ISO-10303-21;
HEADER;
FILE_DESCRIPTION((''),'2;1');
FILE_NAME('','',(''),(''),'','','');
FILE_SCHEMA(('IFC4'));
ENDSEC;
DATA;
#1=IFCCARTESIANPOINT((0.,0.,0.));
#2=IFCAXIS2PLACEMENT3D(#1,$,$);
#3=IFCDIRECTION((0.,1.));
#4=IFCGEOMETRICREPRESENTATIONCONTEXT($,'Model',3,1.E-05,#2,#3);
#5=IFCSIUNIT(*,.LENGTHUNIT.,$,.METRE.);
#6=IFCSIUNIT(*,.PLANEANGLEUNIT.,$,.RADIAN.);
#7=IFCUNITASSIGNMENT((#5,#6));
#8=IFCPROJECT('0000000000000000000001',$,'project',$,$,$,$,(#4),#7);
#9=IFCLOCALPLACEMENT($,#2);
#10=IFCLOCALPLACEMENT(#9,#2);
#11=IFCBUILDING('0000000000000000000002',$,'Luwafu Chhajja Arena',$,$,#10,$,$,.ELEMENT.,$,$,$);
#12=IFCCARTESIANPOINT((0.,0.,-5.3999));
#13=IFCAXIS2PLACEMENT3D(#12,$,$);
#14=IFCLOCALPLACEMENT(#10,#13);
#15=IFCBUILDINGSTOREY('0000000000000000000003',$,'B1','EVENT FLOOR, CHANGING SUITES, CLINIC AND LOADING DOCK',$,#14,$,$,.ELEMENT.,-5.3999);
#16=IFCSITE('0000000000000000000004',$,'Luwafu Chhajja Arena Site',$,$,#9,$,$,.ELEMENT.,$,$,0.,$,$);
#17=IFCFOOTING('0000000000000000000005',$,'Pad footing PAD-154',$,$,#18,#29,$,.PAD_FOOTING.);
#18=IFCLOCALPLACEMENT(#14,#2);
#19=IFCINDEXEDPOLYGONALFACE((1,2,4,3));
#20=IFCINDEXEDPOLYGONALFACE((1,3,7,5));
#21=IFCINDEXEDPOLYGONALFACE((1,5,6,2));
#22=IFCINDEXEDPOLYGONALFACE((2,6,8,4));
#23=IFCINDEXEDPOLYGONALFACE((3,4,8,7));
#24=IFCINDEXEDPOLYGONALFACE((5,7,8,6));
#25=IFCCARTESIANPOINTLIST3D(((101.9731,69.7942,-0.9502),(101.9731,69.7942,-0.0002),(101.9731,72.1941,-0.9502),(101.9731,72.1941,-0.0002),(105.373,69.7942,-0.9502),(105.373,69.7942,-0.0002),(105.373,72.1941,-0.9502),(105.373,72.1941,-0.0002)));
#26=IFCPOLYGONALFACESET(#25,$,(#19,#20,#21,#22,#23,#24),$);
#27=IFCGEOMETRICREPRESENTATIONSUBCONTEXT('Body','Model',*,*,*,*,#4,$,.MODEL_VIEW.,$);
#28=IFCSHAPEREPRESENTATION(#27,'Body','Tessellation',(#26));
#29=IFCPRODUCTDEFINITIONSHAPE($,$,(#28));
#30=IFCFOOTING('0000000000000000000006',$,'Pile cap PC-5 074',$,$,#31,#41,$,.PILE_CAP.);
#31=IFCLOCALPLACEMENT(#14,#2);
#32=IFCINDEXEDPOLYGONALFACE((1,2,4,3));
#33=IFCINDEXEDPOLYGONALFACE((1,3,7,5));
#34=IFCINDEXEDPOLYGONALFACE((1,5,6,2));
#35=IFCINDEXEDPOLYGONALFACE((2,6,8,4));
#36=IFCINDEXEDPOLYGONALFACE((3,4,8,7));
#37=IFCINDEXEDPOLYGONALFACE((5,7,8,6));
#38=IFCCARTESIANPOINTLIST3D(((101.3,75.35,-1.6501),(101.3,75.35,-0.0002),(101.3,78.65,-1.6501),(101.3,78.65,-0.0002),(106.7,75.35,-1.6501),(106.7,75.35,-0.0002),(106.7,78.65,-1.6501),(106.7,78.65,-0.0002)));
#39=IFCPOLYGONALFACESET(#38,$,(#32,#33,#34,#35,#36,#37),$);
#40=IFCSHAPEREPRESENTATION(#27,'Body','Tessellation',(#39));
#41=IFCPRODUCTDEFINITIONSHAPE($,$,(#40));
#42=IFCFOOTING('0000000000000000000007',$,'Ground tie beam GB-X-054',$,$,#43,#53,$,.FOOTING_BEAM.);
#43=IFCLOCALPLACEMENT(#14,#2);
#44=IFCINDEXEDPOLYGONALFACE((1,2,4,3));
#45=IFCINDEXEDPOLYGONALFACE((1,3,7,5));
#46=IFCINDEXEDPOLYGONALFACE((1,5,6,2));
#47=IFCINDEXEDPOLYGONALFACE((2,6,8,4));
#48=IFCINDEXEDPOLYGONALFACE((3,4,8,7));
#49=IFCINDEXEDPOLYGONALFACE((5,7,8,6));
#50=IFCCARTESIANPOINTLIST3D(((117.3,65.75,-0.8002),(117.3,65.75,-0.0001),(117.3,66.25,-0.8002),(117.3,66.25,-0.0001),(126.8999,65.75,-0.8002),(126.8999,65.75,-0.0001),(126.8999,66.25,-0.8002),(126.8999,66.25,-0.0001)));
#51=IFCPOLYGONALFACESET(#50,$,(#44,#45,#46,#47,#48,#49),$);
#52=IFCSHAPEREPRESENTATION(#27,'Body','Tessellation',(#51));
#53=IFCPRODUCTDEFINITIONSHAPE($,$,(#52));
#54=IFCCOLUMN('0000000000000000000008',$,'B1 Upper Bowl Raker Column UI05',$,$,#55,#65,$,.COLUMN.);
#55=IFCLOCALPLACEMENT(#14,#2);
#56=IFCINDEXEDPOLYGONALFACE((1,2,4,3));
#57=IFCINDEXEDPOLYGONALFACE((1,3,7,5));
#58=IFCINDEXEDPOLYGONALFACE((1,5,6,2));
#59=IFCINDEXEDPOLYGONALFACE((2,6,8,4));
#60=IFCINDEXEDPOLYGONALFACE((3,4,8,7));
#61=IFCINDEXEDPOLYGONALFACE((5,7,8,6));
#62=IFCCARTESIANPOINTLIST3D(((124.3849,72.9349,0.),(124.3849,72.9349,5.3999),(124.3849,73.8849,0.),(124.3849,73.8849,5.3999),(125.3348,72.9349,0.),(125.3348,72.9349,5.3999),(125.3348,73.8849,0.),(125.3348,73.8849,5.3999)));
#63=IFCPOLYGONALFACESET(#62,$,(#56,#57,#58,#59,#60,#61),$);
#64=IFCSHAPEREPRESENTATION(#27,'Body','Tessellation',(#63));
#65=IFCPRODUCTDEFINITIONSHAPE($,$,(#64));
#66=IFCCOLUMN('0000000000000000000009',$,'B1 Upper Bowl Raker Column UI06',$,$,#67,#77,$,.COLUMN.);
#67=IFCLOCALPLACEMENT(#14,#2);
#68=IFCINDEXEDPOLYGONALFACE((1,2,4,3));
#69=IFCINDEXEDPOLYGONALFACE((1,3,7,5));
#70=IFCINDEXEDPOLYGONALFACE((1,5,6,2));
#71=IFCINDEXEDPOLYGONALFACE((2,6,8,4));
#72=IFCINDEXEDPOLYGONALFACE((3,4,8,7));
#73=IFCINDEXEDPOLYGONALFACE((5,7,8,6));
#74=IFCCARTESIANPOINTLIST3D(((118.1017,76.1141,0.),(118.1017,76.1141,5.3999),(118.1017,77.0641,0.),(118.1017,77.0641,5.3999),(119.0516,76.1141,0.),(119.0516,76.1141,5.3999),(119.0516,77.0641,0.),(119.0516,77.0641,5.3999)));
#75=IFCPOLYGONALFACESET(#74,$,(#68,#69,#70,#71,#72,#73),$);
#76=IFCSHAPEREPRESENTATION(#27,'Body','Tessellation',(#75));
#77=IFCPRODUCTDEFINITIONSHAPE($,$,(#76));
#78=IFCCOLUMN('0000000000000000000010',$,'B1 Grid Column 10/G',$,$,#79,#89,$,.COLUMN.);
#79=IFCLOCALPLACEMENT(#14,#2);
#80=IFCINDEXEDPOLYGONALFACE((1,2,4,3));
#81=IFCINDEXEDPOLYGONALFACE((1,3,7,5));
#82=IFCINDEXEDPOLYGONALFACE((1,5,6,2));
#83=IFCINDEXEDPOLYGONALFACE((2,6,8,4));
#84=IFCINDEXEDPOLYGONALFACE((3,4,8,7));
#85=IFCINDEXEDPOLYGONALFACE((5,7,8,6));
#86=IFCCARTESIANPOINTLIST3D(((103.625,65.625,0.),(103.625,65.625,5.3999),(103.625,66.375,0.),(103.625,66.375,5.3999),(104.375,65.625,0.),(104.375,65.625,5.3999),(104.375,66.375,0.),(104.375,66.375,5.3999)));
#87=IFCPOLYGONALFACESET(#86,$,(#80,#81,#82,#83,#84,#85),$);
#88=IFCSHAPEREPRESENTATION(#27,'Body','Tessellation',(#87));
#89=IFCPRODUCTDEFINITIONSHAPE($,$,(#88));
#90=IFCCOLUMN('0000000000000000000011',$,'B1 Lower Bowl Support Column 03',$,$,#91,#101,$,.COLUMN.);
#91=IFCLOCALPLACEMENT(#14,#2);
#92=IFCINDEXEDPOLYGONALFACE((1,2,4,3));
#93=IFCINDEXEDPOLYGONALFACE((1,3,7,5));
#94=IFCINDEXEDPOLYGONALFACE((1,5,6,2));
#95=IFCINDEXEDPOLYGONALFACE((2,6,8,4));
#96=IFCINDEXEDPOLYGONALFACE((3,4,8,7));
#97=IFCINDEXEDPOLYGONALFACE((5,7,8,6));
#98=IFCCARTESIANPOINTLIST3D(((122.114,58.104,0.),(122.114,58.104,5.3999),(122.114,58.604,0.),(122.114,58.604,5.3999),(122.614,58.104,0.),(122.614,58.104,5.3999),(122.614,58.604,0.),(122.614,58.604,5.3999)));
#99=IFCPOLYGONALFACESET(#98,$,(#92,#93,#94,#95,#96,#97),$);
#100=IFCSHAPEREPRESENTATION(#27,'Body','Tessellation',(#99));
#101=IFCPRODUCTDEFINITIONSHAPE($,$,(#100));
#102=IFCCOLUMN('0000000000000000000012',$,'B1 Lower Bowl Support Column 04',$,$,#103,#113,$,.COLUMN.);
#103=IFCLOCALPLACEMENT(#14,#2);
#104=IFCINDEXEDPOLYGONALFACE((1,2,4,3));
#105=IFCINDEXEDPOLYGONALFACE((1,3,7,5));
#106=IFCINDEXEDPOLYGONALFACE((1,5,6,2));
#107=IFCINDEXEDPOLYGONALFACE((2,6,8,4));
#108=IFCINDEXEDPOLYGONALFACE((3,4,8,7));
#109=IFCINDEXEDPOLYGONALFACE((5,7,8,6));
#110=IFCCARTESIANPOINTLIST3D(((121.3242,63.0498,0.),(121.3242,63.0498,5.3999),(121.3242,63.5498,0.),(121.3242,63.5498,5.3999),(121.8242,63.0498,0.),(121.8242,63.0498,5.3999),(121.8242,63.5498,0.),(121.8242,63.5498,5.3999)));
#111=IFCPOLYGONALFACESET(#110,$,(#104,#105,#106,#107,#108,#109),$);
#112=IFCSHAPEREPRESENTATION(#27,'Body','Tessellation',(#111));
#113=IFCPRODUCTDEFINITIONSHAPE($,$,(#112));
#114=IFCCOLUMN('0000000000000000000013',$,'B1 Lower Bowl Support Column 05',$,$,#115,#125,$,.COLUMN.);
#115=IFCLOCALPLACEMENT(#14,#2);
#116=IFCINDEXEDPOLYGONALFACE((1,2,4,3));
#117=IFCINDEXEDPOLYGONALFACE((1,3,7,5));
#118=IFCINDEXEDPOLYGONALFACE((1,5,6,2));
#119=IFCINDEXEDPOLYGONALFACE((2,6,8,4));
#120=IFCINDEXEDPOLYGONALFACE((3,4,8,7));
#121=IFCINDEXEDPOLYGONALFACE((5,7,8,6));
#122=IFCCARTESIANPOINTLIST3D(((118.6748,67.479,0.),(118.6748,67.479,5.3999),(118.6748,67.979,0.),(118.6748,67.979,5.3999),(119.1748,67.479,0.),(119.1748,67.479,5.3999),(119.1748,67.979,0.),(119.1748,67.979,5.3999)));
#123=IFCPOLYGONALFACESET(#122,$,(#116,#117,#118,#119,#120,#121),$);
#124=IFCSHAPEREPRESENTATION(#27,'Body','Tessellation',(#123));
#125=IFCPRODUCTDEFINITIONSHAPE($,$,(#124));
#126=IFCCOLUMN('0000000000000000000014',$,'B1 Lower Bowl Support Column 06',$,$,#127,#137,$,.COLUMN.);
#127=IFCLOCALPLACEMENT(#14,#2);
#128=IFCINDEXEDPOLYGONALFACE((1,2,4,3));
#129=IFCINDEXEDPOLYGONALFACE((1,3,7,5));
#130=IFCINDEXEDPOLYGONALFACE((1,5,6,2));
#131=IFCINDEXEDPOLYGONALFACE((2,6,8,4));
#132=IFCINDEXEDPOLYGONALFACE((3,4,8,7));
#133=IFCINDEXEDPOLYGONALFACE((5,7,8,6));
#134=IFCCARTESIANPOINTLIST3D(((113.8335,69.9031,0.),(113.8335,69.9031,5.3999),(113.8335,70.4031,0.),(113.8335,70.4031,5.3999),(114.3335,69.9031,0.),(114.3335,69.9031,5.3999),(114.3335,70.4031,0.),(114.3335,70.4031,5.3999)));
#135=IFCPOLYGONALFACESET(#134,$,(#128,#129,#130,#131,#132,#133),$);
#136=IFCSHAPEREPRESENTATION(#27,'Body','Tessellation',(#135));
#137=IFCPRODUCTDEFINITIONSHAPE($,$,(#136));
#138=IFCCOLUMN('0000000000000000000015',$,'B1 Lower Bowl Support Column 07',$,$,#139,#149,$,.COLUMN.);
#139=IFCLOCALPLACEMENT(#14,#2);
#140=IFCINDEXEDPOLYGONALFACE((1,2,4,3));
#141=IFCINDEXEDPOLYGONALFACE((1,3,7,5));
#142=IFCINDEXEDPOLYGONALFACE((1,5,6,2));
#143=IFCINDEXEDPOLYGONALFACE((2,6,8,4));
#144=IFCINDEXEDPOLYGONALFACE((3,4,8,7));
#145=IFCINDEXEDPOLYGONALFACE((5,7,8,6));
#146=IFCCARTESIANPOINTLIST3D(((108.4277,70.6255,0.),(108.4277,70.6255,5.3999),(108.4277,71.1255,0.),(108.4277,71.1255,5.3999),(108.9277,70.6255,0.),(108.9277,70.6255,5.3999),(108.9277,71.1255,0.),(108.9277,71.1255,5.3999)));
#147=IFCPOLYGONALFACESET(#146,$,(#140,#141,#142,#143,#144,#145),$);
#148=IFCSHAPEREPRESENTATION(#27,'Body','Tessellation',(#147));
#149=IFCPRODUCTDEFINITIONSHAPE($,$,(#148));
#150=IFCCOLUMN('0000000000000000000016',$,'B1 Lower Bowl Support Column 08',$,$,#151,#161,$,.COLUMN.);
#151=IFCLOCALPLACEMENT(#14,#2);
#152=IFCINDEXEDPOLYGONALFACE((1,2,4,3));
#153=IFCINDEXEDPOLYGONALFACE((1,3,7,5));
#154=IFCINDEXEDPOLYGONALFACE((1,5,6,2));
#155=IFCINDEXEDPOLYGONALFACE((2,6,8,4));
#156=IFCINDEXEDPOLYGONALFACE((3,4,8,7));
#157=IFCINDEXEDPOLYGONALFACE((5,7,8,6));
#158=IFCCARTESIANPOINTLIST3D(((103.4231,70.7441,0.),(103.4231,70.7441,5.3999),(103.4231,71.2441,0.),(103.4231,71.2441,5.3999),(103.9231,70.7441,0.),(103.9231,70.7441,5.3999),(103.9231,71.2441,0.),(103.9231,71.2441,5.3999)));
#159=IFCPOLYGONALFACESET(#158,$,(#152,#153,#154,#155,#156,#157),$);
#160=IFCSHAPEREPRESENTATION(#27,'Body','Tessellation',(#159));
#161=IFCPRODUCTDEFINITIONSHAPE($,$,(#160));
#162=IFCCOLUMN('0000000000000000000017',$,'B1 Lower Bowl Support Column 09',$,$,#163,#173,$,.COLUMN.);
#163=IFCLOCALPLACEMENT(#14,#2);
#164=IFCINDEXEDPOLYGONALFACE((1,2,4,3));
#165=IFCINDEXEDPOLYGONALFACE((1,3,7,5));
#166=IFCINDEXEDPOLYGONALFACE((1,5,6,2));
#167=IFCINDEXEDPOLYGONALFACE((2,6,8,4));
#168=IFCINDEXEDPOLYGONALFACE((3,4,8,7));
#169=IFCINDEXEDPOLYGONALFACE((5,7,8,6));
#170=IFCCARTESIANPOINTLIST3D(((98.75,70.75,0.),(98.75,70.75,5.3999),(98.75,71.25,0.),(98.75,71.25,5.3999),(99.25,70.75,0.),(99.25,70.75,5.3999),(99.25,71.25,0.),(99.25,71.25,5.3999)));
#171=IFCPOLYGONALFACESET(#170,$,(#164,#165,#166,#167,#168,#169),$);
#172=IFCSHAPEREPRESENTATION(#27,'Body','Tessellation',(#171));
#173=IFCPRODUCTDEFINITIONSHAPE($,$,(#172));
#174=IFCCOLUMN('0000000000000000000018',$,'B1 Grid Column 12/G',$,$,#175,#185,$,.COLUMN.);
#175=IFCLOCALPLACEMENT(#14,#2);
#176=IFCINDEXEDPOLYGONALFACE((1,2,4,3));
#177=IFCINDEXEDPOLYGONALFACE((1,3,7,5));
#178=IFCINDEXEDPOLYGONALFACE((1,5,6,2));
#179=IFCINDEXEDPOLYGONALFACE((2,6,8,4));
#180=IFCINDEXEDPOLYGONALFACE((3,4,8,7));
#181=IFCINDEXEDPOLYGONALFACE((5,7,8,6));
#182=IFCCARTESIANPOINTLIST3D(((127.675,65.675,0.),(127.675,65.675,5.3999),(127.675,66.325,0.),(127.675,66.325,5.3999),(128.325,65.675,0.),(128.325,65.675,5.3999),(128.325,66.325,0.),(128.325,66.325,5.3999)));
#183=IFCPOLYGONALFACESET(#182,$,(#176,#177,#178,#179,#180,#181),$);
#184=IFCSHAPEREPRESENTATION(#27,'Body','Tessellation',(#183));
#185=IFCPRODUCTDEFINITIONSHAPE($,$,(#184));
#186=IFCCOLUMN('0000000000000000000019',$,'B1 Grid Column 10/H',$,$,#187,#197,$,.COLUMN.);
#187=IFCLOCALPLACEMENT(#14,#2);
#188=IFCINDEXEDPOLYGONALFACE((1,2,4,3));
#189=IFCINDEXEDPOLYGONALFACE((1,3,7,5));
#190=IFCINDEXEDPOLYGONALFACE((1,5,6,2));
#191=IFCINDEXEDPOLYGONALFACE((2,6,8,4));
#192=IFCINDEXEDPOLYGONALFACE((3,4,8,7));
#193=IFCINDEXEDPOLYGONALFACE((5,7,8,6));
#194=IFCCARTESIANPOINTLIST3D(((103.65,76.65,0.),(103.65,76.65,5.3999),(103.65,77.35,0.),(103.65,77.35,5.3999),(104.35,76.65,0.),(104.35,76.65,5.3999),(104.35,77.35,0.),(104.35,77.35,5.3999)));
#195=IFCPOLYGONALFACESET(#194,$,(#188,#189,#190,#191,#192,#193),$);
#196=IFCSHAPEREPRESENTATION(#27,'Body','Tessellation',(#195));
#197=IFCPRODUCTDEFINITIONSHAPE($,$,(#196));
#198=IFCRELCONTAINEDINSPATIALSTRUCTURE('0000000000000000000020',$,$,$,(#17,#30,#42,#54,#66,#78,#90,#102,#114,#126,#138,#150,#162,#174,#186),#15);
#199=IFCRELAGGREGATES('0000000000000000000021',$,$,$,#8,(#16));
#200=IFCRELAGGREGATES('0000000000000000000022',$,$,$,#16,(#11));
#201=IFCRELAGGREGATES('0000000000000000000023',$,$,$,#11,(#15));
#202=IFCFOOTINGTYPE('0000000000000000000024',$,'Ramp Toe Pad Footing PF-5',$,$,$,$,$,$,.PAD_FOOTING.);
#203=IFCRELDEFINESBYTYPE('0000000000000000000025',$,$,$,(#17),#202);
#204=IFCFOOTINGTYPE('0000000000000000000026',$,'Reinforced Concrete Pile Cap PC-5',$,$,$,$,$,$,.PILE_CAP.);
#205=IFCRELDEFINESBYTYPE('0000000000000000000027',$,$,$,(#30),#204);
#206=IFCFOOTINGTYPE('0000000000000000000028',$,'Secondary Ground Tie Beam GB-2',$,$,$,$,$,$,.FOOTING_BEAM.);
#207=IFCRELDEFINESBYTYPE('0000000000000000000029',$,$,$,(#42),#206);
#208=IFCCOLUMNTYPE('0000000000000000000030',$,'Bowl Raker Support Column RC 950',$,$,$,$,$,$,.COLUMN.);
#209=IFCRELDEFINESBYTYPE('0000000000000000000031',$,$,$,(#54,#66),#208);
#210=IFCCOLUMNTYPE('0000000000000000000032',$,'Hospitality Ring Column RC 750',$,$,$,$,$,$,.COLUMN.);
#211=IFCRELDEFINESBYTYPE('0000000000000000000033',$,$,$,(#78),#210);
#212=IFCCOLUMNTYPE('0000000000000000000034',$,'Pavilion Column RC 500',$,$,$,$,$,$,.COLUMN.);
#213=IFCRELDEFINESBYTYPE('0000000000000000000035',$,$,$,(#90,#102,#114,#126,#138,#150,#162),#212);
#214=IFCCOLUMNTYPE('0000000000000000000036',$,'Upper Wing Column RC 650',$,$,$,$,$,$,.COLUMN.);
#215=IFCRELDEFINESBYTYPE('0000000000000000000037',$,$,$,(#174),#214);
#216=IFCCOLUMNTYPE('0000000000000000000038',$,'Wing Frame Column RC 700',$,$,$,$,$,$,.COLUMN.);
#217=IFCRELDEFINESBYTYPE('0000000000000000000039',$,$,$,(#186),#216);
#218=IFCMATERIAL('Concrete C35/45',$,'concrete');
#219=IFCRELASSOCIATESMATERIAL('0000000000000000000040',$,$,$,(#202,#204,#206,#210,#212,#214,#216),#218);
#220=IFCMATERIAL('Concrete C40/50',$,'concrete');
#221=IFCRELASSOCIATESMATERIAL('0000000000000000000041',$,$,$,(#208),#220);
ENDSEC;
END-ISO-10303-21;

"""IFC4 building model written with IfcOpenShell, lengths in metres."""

from ifc_helpers import new_model, si_unit, direction, frame, origin, origin_2d, place, context, subcontext, project, spatial, rectangle, extrude, material, material_profile, profile_set, type_object, element, save


model = new_model("IFC4")

# Units and contexts
model_context = context("Model", 3, precision=1e-05, world=origin(), true_north=direction((0.0, 1.0)))
body_context = subcontext(model_context, "Body", "Model", "MODEL_VIEW")
ifc_project = project(units=[si_unit("LENGTHUNIT", "METRE"), si_unit("PLANEANGLEUNIT", "RADIAN")], contexts=[model_context])

# Site, building, storey
site_placement = place(None, origin())
site = spatial("IfcSite", under=ifc_project, at=site_placement, Name="Luwafu Chhajja Arena Site", CompositionType="ELEMENT", RefElevation=0.0)
building_placement = place(site_placement, origin())
building = spatial("IfcBuilding", under=site, at=building_placement, Name="Luwafu Chhajja Arena", CompositionType="ELEMENT")
storey_placement = place(building_placement, frame((0.0, 0.0, -5.3999)))
storey = spatial("IfcBuildingStorey", under=building, at=storey_placement, Name="B1", Description="EVENT FLOOR, CHANGING SUITES, CLINIC AND LOADING DOCK", CompositionType="ELEMENT", Elevation=-5.3999)

# Shared definitions
ifc_material_1 = material(Name="Concrete C35/45", Category="concrete")

# Footings
footing_type_1 = type_object("IfcFootingType", Name="Ramp Toe Pad Footing PF-5", PredefinedType="PAD_FOOTING", material=ifc_material_1)
footing_1_placement = place(storey_placement, frame((103.6731, 70.9941, -0.9502), z_axis=(0.0, 0.0, 1.0), x_axis=(1.0, 0.0, 0.0)))
element("IfcFooting", 1, at=footing_1_placement, inside=storey, type_object=footing_type_1, Name="Pad footing PAD-154", PredefinedType="PAD_FOOTING", context=body_context, shape_type="SweptSolid", body=[
    extrude(rectangle(XDim=3.3999, YDim=2.3999, at=origin_2d()), origin(), (0.0, 0.0, 1.0), 0.95),
])
footing_type_2 = type_object("IfcFootingType", Name="Reinforced Concrete Pile Cap PC-5", PredefinedType="PILE_CAP", material=ifc_material_1)
footing_2_placement = place(storey_placement, frame((104.0, 77.0, -1.6501), z_axis=(0.0, 0.0, 1.0), x_axis=(1.0, 0.0, 0.0)))
element("IfcFooting", 2, at=footing_2_placement, inside=storey, type_object=footing_type_2, Name="Pile cap PC-5 074", PredefinedType="PILE_CAP", context=body_context, shape_type="SweptSolid", body=[
    extrude(rectangle(XDim=5.3999, YDim=3.3, at=origin_2d()), origin(), (0.0, 0.0, 1.0), 1.6499),
])
ifc_material_profile_1 = material_profile(ifc_material_1, rectangle(XDim=0.5, YDim=0.8, at=origin_2d()), Name="RC 500x800")
ifc_profile_set_1 = profile_set([ifc_material_profile_1], Name="Concrete C35/45")
footing_type_3 = type_object("IfcFootingType", Name="Secondary Ground Tie Beam GB-2", PredefinedType="FOOTING_BEAM", material=ifc_profile_set_1)
footing_3_placement = place(storey_placement, frame((117.3, 66.0, -0.4001), z_axis=(1.0, 0.0, 0.0), x_axis=(0.0, 1.0, 0.0)))
element("IfcFooting", 3, at=footing_3_placement, inside=storey, type_object=footing_type_3, Name="Ground tie beam GB-X-054", PredefinedType="FOOTING_BEAM", context=body_context, shape_type="SweptSolid", body=[
    extrude(rectangle(XDim=0.5, YDim=0.8, at=origin_2d()), origin(), (0.0, 0.0, 1.0), 9.5999),
])

# Columns
ifc_material_2 = material(Name="Concrete C40/50", Category="concrete")
ifc_material_profile_2 = material_profile(ifc_material_2, rectangle(XDim=0.95, YDim=0.95, at=origin_2d()), Name="RC 950x950")
ifc_profile_set_2 = profile_set([ifc_material_profile_2], Name="Concrete C40/50")
column_type_1 = type_object("IfcColumnType", Name="Bowl Raker Support Column RC 950", PredefinedType="COLUMN", material=ifc_profile_set_2)
for number, where, z_axis, x_axis, name in (
    (4, (124.8599, 73.4099, 0.0), (0.0, 0.0, 1.0), (1.0, 0.0, 0.0), "B1 Upper Bowl Raker Column UI05"),
    (5, (118.5767, 76.5891, 0.0), (0.0, 0.0, 1.0), (1.0, 0.0, 0.0), "B1 Upper Bowl Raker Column UI06"),
):
    element("IfcColumn", number, at=place(storey_placement, frame(where, z_axis=z_axis, x_axis=x_axis)), inside=storey, type_object=column_type_1, Name=name, PredefinedType="COLUMN", context=body_context, shape_type="SweptSolid", body=[
        extrude(rectangle(XDim=0.95, YDim=0.95, at=origin_2d()), origin(), (0.0, 0.0, 1.0), 5.3999),
    ])
ifc_material_profile_3 = material_profile(ifc_material_1, rectangle(XDim=0.75, YDim=0.75, at=origin_2d()), Name="RC 750x750")
ifc_profile_set_3 = profile_set([ifc_material_profile_3], Name="Concrete C35/45")
column_type_2 = type_object("IfcColumnType", Name="Hospitality Ring Column RC 750", PredefinedType="COLUMN", material=ifc_profile_set_3)
column_1_placement = place(storey_placement, frame((104.0, 66.0, 0.0), z_axis=(0.0, 0.0, 1.0), x_axis=(1.0, 0.0, 0.0)))
element("IfcColumn", 6, at=column_1_placement, inside=storey, type_object=column_type_2, Name="B1 Grid Column 10/G", PredefinedType="COLUMN", context=body_context, shape_type="SweptSolid", body=[
    extrude(rectangle(XDim=0.75, YDim=0.75, at=origin_2d()), origin(), (0.0, 0.0, 1.0), 5.3999),
])
ifc_material_profile_4 = material_profile(ifc_material_1, rectangle(XDim=0.5, YDim=0.5, at=origin_2d()), Name="RC 500x500")
ifc_profile_set_4 = profile_set([ifc_material_profile_4], Name="Concrete C35/45")
column_type_3 = type_object("IfcColumnType", Name="Pavilion Column RC 500", PredefinedType="COLUMN", material=ifc_profile_set_4)
for number, where, z_axis, x_axis, name in (
    (7, (122.364, 58.354, 0.0), (0.0, 0.0, 1.0), (1.0, 0.0, 0.0), "B1 Lower Bowl Support Column 03"),
    (8, (121.5742, 63.2998, 0.0), (0.0, 0.0, 1.0), (1.0, 0.0, 0.0), "B1 Lower Bowl Support Column 04"),
    (9, (118.9248, 67.729, 0.0), (0.0, 0.0, 1.0), (1.0, 0.0, 0.0), "B1 Lower Bowl Support Column 05"),
    (10, (114.0835, 70.1531, 0.0), (0.0, 0.0, 1.0), (1.0, 0.0, 0.0), "B1 Lower Bowl Support Column 06"),
    (11, (108.6777, 70.8755, 0.0), (0.0, 0.0, 1.0), (1.0, 0.0, 0.0), "B1 Lower Bowl Support Column 07"),
    (12, (103.6731, 70.9941, 0.0), (0.0, 0.0, 1.0), (1.0, 0.0, 0.0), "B1 Lower Bowl Support Column 08"),
    (13, (99.0, 71.0, 0.0), (0.0, 0.0, 1.0), (1.0, 0.0, 0.0), "B1 Lower Bowl Support Column 09"),
):
    element("IfcColumn", number, at=place(storey_placement, frame(where, z_axis=z_axis, x_axis=x_axis)), inside=storey, type_object=column_type_3, Name=name, PredefinedType="COLUMN", context=body_context, shape_type="SweptSolid", body=[
        extrude(rectangle(XDim=0.5, YDim=0.5, at=origin_2d()), origin(), (0.0, 0.0, 1.0), 5.3999),
    ])
ifc_material_profile_5 = material_profile(ifc_material_1, rectangle(XDim=0.6499, YDim=0.6499, at=origin_2d()), Name="RC 650x650")
ifc_profile_set_5 = profile_set([ifc_material_profile_5], Name="Concrete C35/45")
column_type_4 = type_object("IfcColumnType", Name="Upper Wing Column RC 650", PredefinedType="COLUMN", material=ifc_profile_set_5)
column_2_placement = place(storey_placement, frame((128.0, 66.0, 0.0), z_axis=(0.0, 0.0, 1.0), x_axis=(1.0, 0.0, 0.0)))
element("IfcColumn", 14, at=column_2_placement, inside=storey, type_object=column_type_4, Name="B1 Grid Column 12/G", PredefinedType="COLUMN", context=body_context, shape_type="SweptSolid", body=[
    extrude(rectangle(XDim=0.6499, YDim=0.6499, at=origin_2d()), origin(), (0.0, 0.0, 1.0), 5.3999),
])
ifc_material_profile_6 = material_profile(ifc_material_1, rectangle(XDim=0.7, YDim=0.7, at=origin_2d()), Name="RC 700x700")
ifc_profile_set_6 = profile_set([ifc_material_profile_6], Name="Concrete C35/45")
column_type_5 = type_object("IfcColumnType", Name="Wing Frame Column RC 700", PredefinedType="COLUMN", material=ifc_profile_set_6)
for number, where, z_axis, x_axis, name in (
    (15, (104.0, 77.0, 0.0), (0.0, 0.0, 1.0), (1.0, 0.0, 0.0), "B1 Grid Column 10/H"),
):
    element("IfcColumn", number, at=place(storey_placement, frame(where, z_axis=z_axis, x_axis=x_axis)), inside=storey, type_object=column_type_5, Name=name, PredefinedType="COLUMN", context=body_context, shape_type="SweptSolid", body=[
        extrude(rectangle(XDim=0.7, YDim=0.7, at=origin_2d()), origin(), (0.0, 0.0, 1.0), 5.3999),
    ])

save(model, "model.ifc")
